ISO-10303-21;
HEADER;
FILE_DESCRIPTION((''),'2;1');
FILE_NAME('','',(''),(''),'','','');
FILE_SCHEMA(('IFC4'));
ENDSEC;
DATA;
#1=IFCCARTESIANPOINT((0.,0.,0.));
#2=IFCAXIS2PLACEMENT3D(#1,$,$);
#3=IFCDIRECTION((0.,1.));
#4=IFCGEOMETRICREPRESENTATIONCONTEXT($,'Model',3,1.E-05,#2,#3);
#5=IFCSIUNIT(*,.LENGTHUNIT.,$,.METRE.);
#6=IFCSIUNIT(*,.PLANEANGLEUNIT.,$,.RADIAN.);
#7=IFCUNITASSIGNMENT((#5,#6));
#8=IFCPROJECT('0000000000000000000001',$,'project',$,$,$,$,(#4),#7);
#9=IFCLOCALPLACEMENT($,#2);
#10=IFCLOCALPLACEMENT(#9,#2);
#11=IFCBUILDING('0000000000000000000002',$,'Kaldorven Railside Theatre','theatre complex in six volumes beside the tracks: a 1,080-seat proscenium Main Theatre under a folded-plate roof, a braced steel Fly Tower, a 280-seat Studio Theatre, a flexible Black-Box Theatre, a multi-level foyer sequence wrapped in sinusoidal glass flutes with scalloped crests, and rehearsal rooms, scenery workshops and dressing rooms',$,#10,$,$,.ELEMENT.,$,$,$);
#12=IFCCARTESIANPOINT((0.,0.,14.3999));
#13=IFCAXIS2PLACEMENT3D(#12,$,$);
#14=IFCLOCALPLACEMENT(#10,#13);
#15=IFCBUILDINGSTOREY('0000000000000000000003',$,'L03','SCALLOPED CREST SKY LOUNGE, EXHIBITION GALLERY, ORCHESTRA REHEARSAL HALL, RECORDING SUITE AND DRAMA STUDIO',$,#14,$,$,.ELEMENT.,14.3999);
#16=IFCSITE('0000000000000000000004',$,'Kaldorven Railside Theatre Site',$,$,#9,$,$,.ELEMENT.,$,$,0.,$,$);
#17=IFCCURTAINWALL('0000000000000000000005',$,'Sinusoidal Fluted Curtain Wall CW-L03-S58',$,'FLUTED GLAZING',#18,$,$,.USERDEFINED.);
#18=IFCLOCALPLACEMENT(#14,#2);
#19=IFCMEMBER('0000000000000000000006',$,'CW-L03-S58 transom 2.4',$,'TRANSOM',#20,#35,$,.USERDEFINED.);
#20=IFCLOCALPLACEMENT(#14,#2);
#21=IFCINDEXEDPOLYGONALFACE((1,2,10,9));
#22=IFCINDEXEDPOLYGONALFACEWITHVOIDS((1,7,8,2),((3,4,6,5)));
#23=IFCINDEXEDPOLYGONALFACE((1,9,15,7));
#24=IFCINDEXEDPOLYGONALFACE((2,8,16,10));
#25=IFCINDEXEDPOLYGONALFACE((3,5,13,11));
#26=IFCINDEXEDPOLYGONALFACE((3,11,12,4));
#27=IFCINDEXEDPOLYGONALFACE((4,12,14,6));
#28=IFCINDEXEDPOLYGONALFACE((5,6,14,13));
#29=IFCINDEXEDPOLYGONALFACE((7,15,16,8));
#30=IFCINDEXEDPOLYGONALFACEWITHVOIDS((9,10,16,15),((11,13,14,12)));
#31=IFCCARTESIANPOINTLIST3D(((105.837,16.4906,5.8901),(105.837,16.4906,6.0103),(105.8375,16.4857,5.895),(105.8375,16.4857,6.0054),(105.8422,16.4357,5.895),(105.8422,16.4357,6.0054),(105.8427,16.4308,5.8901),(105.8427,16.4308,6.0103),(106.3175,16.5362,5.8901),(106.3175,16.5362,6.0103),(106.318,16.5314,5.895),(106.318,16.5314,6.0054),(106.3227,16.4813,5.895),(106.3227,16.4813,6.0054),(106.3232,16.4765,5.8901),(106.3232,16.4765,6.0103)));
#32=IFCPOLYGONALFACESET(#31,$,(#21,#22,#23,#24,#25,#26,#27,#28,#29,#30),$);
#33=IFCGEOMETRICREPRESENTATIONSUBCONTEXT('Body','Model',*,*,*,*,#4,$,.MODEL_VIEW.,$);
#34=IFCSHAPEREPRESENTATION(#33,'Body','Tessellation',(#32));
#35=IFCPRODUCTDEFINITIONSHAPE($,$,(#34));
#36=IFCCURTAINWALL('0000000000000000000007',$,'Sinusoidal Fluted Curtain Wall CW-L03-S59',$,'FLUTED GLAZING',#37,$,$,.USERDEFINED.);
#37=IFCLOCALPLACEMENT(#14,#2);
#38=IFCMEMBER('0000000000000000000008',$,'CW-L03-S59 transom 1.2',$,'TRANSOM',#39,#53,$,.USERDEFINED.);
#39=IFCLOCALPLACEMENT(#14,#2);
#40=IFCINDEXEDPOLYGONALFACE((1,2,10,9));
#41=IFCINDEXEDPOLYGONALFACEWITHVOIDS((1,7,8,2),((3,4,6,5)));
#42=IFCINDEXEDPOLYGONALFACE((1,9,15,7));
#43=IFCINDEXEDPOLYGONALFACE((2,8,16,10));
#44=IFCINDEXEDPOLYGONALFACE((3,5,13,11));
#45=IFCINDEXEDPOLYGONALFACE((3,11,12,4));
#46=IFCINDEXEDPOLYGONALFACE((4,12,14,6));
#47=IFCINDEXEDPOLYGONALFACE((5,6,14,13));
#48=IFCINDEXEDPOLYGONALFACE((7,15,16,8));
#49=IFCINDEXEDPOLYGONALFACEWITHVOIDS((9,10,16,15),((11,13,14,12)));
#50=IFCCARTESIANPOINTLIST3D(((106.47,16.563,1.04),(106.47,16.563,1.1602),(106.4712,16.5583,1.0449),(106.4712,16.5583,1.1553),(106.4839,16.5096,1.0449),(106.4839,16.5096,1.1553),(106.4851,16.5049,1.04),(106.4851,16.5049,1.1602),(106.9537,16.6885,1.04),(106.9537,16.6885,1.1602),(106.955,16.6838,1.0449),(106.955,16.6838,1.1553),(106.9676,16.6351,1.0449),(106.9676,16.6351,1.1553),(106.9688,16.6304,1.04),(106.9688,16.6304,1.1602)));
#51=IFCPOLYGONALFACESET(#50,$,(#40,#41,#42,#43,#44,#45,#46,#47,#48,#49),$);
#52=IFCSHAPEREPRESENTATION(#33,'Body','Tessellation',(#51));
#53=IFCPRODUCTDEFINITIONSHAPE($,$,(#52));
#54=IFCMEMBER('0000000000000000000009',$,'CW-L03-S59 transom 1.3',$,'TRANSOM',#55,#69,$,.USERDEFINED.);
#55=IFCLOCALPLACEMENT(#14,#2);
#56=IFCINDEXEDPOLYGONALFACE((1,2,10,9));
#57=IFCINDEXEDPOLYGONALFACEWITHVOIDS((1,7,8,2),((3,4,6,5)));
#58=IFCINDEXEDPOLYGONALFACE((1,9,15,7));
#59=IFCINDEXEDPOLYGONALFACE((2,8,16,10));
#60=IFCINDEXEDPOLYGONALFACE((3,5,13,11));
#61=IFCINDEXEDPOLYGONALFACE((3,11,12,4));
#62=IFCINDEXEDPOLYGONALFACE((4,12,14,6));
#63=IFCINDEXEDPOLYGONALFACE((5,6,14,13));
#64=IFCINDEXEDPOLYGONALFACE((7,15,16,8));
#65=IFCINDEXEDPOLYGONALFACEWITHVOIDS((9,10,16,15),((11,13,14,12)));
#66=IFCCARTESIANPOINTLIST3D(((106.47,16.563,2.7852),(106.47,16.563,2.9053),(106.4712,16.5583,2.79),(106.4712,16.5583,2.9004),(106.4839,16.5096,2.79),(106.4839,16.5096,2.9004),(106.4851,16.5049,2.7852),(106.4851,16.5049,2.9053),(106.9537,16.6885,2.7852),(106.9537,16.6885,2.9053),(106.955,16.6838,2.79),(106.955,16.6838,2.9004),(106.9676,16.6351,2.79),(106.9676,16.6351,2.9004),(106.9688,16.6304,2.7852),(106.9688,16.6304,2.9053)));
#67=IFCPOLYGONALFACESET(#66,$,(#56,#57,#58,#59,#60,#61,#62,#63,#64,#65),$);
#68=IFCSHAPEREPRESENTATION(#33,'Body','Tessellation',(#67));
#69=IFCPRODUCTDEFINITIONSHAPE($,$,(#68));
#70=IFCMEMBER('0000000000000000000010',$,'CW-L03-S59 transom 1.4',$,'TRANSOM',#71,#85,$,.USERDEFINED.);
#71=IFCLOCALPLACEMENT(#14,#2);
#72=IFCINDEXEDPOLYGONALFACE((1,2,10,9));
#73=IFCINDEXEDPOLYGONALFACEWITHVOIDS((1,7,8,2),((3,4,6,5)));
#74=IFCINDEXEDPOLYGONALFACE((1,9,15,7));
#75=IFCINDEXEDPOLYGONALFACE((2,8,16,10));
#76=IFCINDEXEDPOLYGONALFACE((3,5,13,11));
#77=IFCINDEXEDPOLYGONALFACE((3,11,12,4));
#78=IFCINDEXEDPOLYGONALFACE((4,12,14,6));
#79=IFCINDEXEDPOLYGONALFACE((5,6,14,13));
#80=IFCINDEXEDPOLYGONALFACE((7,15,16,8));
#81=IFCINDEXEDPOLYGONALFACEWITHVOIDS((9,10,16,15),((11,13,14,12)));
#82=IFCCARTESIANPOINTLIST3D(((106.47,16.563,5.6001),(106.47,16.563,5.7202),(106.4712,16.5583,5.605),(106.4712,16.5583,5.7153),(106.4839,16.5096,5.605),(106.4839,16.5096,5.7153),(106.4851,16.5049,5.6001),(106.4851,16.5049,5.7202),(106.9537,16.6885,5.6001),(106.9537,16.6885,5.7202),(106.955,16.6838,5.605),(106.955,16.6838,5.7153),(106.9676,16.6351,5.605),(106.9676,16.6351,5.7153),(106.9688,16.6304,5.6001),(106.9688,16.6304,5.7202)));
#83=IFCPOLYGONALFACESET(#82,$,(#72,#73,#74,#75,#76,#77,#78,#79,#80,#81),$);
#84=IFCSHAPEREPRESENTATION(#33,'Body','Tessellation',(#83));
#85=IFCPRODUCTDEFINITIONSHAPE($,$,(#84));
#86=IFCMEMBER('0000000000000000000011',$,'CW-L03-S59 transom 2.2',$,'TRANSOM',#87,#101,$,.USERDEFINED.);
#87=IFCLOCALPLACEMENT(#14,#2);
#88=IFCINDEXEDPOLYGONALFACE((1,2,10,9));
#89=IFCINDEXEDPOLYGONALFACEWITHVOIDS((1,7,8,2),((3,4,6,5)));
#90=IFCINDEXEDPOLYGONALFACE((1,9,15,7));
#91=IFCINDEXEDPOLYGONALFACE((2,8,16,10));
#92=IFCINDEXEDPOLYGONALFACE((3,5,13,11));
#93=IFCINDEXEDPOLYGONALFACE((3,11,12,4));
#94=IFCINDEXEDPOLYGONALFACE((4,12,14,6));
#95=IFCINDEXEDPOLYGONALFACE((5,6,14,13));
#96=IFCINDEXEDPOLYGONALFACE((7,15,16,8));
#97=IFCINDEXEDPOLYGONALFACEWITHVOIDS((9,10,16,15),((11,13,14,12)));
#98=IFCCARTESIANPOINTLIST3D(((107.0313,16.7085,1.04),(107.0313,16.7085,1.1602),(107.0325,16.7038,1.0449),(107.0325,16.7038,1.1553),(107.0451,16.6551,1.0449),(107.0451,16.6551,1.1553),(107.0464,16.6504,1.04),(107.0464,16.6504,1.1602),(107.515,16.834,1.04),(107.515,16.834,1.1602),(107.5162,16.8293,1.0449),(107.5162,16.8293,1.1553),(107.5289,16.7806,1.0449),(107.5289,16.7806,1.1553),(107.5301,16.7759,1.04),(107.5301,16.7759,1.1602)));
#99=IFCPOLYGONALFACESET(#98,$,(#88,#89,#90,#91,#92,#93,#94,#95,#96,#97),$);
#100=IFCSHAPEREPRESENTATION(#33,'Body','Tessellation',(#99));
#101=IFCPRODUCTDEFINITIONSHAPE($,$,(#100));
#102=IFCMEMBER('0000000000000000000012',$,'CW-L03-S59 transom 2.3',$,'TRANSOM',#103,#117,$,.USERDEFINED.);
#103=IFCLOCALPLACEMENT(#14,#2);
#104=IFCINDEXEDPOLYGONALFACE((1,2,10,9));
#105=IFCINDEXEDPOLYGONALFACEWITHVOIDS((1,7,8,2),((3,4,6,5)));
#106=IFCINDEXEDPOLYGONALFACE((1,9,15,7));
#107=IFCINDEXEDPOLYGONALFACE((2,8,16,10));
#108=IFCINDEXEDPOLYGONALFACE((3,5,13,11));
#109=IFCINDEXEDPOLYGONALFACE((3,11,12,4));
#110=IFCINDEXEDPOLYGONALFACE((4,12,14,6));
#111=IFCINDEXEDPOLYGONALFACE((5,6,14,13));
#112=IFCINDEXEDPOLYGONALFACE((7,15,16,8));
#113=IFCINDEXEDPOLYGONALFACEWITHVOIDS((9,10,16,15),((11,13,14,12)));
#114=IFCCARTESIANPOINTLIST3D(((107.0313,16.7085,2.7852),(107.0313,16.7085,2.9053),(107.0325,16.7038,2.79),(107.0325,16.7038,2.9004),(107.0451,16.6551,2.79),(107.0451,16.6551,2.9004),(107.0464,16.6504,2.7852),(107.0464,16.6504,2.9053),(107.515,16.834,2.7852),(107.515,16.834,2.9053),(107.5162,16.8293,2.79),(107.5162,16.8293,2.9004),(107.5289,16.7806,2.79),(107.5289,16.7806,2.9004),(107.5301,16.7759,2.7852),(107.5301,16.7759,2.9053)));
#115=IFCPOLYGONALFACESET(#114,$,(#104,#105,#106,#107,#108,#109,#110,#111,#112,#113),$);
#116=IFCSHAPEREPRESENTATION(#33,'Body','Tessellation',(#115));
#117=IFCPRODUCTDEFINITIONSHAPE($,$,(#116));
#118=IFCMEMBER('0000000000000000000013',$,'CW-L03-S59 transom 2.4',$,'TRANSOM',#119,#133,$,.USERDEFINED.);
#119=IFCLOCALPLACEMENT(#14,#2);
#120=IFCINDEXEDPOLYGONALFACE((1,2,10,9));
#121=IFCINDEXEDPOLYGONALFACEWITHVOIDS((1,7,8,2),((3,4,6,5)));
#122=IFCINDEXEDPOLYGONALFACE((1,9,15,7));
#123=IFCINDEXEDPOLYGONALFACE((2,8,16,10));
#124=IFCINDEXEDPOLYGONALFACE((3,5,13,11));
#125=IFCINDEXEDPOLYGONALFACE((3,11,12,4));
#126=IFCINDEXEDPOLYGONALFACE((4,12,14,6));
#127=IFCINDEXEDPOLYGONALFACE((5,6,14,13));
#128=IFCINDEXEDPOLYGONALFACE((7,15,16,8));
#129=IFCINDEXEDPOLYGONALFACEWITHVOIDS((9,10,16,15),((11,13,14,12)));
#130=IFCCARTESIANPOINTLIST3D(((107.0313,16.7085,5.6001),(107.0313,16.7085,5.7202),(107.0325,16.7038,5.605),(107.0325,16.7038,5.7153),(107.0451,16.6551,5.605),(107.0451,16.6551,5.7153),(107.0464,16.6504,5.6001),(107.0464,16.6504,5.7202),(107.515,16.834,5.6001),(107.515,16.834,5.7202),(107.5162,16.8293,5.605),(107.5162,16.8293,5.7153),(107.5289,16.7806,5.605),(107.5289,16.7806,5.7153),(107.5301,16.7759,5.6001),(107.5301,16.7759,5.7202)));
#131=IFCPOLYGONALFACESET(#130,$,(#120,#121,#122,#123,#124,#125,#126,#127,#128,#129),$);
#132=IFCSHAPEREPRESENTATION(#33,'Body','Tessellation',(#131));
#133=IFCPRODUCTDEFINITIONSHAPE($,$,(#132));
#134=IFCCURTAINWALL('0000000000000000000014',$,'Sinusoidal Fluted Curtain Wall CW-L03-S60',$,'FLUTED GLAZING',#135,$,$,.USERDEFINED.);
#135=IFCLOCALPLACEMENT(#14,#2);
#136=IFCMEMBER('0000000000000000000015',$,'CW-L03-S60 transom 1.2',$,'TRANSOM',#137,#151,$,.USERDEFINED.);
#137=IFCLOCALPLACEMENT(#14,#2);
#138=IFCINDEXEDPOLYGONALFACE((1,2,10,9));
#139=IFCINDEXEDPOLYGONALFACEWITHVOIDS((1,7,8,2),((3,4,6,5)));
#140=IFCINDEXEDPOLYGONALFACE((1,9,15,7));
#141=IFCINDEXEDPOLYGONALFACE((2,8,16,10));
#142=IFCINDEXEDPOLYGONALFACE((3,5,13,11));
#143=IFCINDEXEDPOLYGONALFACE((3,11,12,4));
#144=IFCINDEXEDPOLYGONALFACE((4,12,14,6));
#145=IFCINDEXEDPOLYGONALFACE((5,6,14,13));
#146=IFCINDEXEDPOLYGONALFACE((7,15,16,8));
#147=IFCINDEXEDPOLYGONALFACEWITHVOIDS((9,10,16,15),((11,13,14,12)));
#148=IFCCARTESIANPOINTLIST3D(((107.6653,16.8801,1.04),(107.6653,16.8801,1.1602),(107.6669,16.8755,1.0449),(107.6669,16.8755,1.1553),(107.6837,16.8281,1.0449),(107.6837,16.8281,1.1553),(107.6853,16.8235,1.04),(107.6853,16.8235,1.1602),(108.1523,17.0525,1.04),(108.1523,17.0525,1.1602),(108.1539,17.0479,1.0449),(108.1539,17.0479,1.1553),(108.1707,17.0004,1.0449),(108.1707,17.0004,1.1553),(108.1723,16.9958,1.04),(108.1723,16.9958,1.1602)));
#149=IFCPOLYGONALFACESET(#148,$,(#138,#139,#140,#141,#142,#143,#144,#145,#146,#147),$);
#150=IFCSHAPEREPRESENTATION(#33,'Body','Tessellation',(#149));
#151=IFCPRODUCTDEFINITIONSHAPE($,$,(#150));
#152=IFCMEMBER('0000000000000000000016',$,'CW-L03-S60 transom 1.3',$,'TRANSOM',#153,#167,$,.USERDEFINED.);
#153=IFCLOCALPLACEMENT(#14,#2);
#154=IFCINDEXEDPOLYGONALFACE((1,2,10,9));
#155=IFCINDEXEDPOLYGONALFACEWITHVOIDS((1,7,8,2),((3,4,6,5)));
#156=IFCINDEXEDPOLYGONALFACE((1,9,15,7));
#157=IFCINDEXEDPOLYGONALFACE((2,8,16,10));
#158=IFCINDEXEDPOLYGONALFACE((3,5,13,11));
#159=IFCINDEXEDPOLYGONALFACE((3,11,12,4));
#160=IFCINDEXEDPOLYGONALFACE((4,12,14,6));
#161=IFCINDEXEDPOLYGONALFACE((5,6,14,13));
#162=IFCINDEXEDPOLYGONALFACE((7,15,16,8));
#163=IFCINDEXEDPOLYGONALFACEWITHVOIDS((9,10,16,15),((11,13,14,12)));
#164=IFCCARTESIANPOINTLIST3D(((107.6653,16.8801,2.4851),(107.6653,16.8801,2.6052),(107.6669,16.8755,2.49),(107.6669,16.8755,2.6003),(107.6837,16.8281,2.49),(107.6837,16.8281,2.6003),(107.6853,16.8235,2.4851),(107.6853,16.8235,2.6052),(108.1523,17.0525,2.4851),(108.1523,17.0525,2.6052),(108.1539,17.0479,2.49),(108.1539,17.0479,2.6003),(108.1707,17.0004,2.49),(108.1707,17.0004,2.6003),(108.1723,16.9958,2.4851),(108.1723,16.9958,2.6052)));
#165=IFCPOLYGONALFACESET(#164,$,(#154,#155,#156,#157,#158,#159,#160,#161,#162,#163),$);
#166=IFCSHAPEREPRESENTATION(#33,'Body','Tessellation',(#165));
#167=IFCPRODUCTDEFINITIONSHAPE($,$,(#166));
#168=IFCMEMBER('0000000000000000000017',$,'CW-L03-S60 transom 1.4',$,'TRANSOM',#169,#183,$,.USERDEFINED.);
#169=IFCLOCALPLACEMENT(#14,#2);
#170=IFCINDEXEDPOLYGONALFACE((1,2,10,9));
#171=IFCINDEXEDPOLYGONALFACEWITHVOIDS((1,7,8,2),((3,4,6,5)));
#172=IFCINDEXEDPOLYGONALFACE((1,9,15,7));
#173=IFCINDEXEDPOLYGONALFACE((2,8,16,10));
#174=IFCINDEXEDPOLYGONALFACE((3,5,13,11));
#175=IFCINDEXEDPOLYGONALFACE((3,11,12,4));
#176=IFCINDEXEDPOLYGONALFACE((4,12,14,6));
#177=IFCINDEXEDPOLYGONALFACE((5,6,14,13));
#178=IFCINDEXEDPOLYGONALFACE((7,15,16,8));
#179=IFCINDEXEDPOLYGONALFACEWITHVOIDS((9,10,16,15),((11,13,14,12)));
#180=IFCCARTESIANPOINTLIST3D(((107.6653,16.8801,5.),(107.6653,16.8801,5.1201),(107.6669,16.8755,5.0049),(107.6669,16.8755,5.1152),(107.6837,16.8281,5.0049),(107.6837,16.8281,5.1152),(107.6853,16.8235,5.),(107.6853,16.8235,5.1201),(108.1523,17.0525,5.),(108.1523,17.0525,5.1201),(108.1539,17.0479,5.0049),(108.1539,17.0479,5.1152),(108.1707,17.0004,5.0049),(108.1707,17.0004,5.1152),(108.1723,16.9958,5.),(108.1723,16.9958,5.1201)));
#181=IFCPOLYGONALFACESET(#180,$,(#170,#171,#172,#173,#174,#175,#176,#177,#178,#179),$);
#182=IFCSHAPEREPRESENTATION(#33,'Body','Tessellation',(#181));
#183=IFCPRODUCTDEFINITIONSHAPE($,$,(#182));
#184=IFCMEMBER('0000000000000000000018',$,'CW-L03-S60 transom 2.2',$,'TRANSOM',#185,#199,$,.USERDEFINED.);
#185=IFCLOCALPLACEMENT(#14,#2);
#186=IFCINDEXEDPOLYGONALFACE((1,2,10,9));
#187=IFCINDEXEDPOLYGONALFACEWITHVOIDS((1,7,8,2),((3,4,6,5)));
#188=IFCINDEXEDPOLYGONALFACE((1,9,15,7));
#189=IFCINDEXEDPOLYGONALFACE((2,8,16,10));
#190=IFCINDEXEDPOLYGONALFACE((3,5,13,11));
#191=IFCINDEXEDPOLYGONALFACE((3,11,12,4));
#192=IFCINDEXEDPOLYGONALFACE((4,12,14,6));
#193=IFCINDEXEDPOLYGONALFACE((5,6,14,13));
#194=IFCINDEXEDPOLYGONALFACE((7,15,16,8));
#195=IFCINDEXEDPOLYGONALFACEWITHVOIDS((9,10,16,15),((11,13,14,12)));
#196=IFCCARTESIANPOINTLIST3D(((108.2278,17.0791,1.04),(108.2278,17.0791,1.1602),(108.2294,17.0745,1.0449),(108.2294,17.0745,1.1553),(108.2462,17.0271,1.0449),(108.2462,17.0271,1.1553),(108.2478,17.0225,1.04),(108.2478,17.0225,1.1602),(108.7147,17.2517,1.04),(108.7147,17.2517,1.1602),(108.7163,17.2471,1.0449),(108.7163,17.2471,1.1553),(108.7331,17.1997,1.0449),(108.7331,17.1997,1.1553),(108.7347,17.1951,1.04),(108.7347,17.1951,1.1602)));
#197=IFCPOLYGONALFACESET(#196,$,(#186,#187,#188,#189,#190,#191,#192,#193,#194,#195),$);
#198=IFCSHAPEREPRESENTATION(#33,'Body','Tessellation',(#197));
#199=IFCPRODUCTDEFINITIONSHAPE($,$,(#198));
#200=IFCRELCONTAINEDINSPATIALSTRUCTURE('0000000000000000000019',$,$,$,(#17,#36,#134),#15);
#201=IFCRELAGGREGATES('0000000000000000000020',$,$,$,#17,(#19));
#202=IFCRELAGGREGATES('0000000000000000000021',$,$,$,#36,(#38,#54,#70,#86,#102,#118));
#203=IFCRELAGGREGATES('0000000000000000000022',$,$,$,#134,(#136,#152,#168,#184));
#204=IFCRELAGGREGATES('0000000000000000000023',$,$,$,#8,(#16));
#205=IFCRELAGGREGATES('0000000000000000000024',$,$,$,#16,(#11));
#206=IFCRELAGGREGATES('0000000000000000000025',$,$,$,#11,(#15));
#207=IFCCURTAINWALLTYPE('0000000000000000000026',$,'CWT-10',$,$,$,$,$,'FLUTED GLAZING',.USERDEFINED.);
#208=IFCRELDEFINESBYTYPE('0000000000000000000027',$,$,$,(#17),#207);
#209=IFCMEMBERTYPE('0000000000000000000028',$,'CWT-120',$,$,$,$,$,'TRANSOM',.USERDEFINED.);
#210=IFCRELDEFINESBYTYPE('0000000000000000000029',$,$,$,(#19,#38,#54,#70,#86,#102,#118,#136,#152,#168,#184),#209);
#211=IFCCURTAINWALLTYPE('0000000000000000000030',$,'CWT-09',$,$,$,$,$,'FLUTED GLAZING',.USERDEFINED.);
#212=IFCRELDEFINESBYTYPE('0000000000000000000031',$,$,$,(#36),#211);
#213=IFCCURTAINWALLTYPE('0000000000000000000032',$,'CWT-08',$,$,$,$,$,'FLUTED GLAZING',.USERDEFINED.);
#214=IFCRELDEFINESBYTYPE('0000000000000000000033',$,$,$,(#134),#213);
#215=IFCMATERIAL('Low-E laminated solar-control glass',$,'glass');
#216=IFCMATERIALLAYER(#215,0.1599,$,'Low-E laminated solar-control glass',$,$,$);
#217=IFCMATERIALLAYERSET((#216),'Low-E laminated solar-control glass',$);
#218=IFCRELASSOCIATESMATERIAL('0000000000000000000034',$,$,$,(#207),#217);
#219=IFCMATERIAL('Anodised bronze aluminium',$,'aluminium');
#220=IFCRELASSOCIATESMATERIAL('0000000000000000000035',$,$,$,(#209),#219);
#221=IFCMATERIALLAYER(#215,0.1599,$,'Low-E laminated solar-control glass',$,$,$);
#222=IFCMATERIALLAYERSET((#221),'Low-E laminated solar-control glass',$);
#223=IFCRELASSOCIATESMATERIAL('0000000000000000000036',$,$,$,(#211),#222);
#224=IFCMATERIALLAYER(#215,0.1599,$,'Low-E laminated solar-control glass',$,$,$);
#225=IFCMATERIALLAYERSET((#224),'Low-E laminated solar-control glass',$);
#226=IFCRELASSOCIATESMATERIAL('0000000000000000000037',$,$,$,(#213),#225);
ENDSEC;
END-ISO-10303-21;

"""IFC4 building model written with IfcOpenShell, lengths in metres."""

from ifc_helpers import new_model, si_unit, direction, frame, origin, origin_2d, place, context, subcontext, project, spatial, hollow_rectangle, extrude, material, layer, layer_set, material_profile, profile_set, type_object, element, aggregate, save


model = new_model("IFC4")

# Units and contexts
model_context = context("Model", 3, precision=1e-05, world=origin(), true_north=direction((0.0, 1.0)))
body_context = subcontext(model_context, "Body", "Model", "MODEL_VIEW")
ifc_project = project(units=[si_unit("LENGTHUNIT", "METRE"), si_unit("PLANEANGLEUNIT", "RADIAN")], contexts=[model_context])

# Site, building, storey
site_placement = place(None, origin())
site = spatial("IfcSite", under=ifc_project, at=site_placement, Name="Kaldorven Railside Theatre Site", CompositionType="ELEMENT", RefElevation=0.0)
building_placement = place(site_placement, origin())
building = spatial("IfcBuilding", under=site, at=building_placement, Name="Kaldorven Railside Theatre", Description="theatre complex in six volumes beside the tracks: a 1,080-seat proscenium Main Theatre under a folded-plate roof, a braced steel Fly Tower, a 280-seat Studio Theatre, a flexible Black-Box Theatre, a multi-level foyer sequence wrapped in sinusoidal glass flutes with scalloped crests, and rehearsal rooms, scenery workshops and dressing rooms", CompositionType="ELEMENT")
storey_placement = place(building_placement, frame((0.0, 0.0, 14.3999)))
storey = spatial("IfcBuildingStorey", under=building, at=storey_placement, Name="L03", Description="SCALLOPED CREST SKY LOUNGE, EXHIBITION GALLERY, ORCHESTRA REHEARSAL HALL, RECORDING SUITE AND DRAMA STUDIO", CompositionType="ELEMENT", Elevation=14.3999)

# Curtain walls, members
ifc_material_1 = material(Name="Low-E laminated solar-control glass", Category="glass")
ifc_layer_1 = layer(ifc_material_1, 0.1599, Name="Low-E laminated solar-control glass")
ifc_layer_set_1 = layer_set([ifc_layer_1], Name="Low-E laminated solar-control glass")
curtain_wall_type_1 = type_object("IfcCurtainWallType", Name="CWT-10", ElementType="FLUTED GLAZING", PredefinedType="USERDEFINED", material=ifc_layer_set_1)
ifc_material_2 = material(Name="Anodised bronze aluminium", Category="aluminium")
ifc_material_profile = material_profile(ifc_material_2, hollow_rectangle(XDim=0.0601, YDim=0.1201, WallThickness=0.0049, at=origin_2d()), Name="RHS 120x60x5")
ifc_profile_set = profile_set([ifc_material_profile], Name="Anodised bronze aluminium")
member_type = type_object("IfcMemberType", Name="CWT-120", ElementType="TRANSOM", PredefinedType="USERDEFINED", material=ifc_profile_set)
curtain_wall_1_placement = place(storey_placement, origin())
curtain_wall_1 = element("IfcCurtainWall", 1, at=curtain_wall_1_placement, inside=storey, type_object=curtain_wall_type_1, Name="Sinusoidal Fluted Curtain Wall CW-L03-S58", ObjectType="FLUTED GLAZING", PredefinedType="USERDEFINED")
member_1_placement = place(storey_placement, frame((105.8398, 16.4607, 5.9502), z_axis=(0.995516, 0.094594, 0.0), x_axis=(-0.094594, 0.995516, 0.0)))
member_1 = element("IfcMember", 2, at=member_1_placement, type_object=member_type, Name="CW-L03-S58 transom 2.4", ObjectType="TRANSOM", PredefinedType="USERDEFINED", context=body_context, shape_type="SweptSolid", body=[
    extrude(hollow_rectangle(XDim=0.0601, YDim=0.1201, WallThickness=0.0049, at=origin_2d()), origin(), (0.0, 0.0, 1.0), 0.4827),
])
ifc_layer_2 = layer(ifc_material_1, 0.1599, Name="Low-E laminated solar-control glass")
ifc_layer_set_2 = layer_set([ifc_layer_2], Name="Low-E laminated solar-control glass")
curtain_wall_type_2 = type_object("IfcCurtainWallType", Name="CWT-09", ElementType="FLUTED GLAZING", PredefinedType="USERDEFINED", material=ifc_layer_set_2)
curtain_wall_2_placement = place(storey_placement, origin())
curtain_wall_2 = element("IfcCurtainWall", 3, at=curtain_wall_2_placement, inside=storey, type_object=curtain_wall_type_2, Name="Sinusoidal Fluted Curtain Wall CW-L03-S59", ObjectType="FLUTED GLAZING", PredefinedType="USERDEFINED")
member_2_placement = place(storey_placement, frame((106.4775, 16.5339, 1.1001), z_axis=(0.967949, 0.251149, 0.0), x_axis=(-0.251149, 0.967949, 0.0)))
member_2 = element("IfcMember", 4, at=member_2_placement, type_object=member_type, Name="CW-L03-S59 transom 1.2", ObjectType="TRANSOM", PredefinedType="USERDEFINED", context=body_context, shape_type="SweptSolid", body=[
    extrude(hollow_rectangle(XDim=0.0601, YDim=0.1201, WallThickness=0.0049, at=origin_2d()), origin(), (0.0, 0.0, 1.0), 0.4998),
])
member_3_placement = place(storey_placement, frame((106.4775, 16.5339, 2.8452), z_axis=(0.967949, 0.251149, 0.0), x_axis=(-0.251149, 0.967949, 0.0)))
member_3 = element("IfcMember", 5, at=member_3_placement, type_object=member_type, Name="CW-L03-S59 transom 1.3", ObjectType="TRANSOM", PredefinedType="USERDEFINED", context=body_context, shape_type="SweptSolid", body=[
    extrude(hollow_rectangle(XDim=0.0601, YDim=0.1201, WallThickness=0.0049, at=origin_2d()), origin(), (0.0, 0.0, 1.0), 0.4998),
])
member_4_placement = place(storey_placement, frame((106.4775, 16.5339, 5.6602), z_axis=(0.967949, 0.251149, 0.0), x_axis=(-0.251149, 0.967949, 0.0)))
member_4 = element("IfcMember", 6, at=member_4_placement, type_object=member_type, Name="CW-L03-S59 transom 1.4", ObjectType="TRANSOM", PredefinedType="USERDEFINED", context=body_context, shape_type="SweptSolid", body=[
    extrude(hollow_rectangle(XDim=0.0601, YDim=0.1201, WallThickness=0.0049, at=origin_2d()), origin(), (0.0, 0.0, 1.0), 0.4998),
])
member_5_placement = place(storey_placement, frame((107.0388, 16.6794, 1.1001), z_axis=(0.967949, 0.251149, 0.0), x_axis=(-0.251149, 0.967949, 0.0)))
member_5 = element("IfcMember", 7, at=member_5_placement, type_object=member_type, Name="CW-L03-S59 transom 2.2", ObjectType="TRANSOM", PredefinedType="USERDEFINED", context=body_context, shape_type="SweptSolid", body=[
    extrude(hollow_rectangle(XDim=0.0601, YDim=0.1201, WallThickness=0.0049, at=origin_2d()), origin(), (0.0, 0.0, 1.0), 0.4998),
])
member_6_placement = place(storey_placement, frame((107.0388, 16.6794, 2.8452), z_axis=(0.967949, 0.251149, 0.0), x_axis=(-0.251149, 0.967949, 0.0)))
member_6 = element("IfcMember", 8, at=member_6_placement, type_object=member_type, Name="CW-L03-S59 transom 2.3", ObjectType="TRANSOM", PredefinedType="USERDEFINED", context=body_context, shape_type="SweptSolid", body=[
    extrude(hollow_rectangle(XDim=0.0601, YDim=0.1201, WallThickness=0.0049, at=origin_2d()), origin(), (0.0, 0.0, 1.0), 0.4998),
])
member_7_placement = place(storey_placement, frame((107.0388, 16.6794, 5.6602), z_axis=(0.967949, 0.251149, 0.0), x_axis=(-0.251149, 0.967949, 0.0)))
member_7 = element("IfcMember", 9, at=member_7_placement, type_object=member_type, Name="CW-L03-S59 transom 2.4", ObjectType="TRANSOM", PredefinedType="USERDEFINED", context=body_context, shape_type="SweptSolid", body=[
    extrude(hollow_rectangle(XDim=0.0601, YDim=0.1201, WallThickness=0.0049, at=origin_2d()), origin(), (0.0, 0.0, 1.0), 0.4998),
])
ifc_layer_3 = layer(ifc_material_1, 0.1599, Name="Low-E laminated solar-control glass")
ifc_layer_set_3 = layer_set([ifc_layer_3], Name="Low-E laminated solar-control glass")
curtain_wall_type_3 = type_object("IfcCurtainWallType", Name="CWT-08", ElementType="FLUTED GLAZING", PredefinedType="USERDEFINED", material=ifc_layer_set_3)
curtain_wall_3_placement = place(storey_placement, origin())
curtain_wall_3 = element("IfcCurtainWall", 10, at=curtain_wall_3_placement, inside=storey, type_object=curtain_wall_type_3, Name="Sinusoidal Fluted Curtain Wall CW-L03-S60", ObjectType="FLUTED GLAZING", PredefinedType="USERDEFINED")
member_8_placement = place(storey_placement, frame((107.6753, 16.8518, 1.1001), z_axis=(0.942711, 0.333611, 0.0), x_axis=(-0.333611, 0.942711, 0.0)))
member_8 = element("IfcMember", 11, at=member_8_placement, type_object=member_type, Name="CW-L03-S60 transom 1.2", ObjectType="TRANSOM", PredefinedType="USERDEFINED", context=body_context, shape_type="SweptSolid", body=[
    extrude(hollow_rectangle(XDim=0.0601, YDim=0.1201, WallThickness=0.0049, at=origin_2d()), origin(), (0.0, 0.0, 1.0), 0.5166),
])
member_9_placement = place(storey_placement, frame((107.6753, 16.8518, 2.5452), z_axis=(0.942711, 0.333611, 0.0), x_axis=(-0.333611, 0.942711, 0.0)))
member_9 = element("IfcMember", 12, at=member_9_placement, type_object=member_type, Name="CW-L03-S60 transom 1.3", ObjectType="TRANSOM", PredefinedType="USERDEFINED", context=body_context, shape_type="SweptSolid", body=[
    extrude(hollow_rectangle(XDim=0.0601, YDim=0.1201, WallThickness=0.0049, at=origin_2d()), origin(), (0.0, 0.0, 1.0), 0.5166),
])
member_10_placement = place(storey_placement, frame((107.6753, 16.8518, 5.0601), z_axis=(0.942711, 0.333611, 0.0), x_axis=(-0.333611, 0.942711, 0.0)))
member_10 = element("IfcMember", 13, at=member_10_placement, type_object=member_type, Name="CW-L03-S60 transom 1.4", ObjectType="TRANSOM", PredefinedType="USERDEFINED", context=body_context, shape_type="SweptSolid", body=[
    extrude(hollow_rectangle(XDim=0.0601, YDim=0.1201, WallThickness=0.0049, at=origin_2d()), origin(), (0.0, 0.0, 1.0), 0.5166),
])
member_11_placement = place(storey_placement, frame((108.2378, 17.0508, 1.1001), z_axis=(0.942509, 0.33418, 0.0), x_axis=(-0.33418, 0.942509, 0.0)))
member_11 = element("IfcMember", 14, at=member_11_placement, type_object=member_type, Name="CW-L03-S60 transom 2.2", ObjectType="TRANSOM", PredefinedType="USERDEFINED", context=body_context, shape_type="SweptSolid", body=[
    extrude(hollow_rectangle(XDim=0.0601, YDim=0.1201, WallThickness=0.0049, at=origin_2d()), origin(), (0.0, 0.0, 1.0), 0.5166),
])

aggregate(curtain_wall_1, [member_1])
aggregate(curtain_wall_2, [member_2, member_3, member_4, member_5, member_6, member_7])
aggregate(curtain_wall_3, [member_8, member_9, member_10, member_11])

save(model, "model.ifc")
